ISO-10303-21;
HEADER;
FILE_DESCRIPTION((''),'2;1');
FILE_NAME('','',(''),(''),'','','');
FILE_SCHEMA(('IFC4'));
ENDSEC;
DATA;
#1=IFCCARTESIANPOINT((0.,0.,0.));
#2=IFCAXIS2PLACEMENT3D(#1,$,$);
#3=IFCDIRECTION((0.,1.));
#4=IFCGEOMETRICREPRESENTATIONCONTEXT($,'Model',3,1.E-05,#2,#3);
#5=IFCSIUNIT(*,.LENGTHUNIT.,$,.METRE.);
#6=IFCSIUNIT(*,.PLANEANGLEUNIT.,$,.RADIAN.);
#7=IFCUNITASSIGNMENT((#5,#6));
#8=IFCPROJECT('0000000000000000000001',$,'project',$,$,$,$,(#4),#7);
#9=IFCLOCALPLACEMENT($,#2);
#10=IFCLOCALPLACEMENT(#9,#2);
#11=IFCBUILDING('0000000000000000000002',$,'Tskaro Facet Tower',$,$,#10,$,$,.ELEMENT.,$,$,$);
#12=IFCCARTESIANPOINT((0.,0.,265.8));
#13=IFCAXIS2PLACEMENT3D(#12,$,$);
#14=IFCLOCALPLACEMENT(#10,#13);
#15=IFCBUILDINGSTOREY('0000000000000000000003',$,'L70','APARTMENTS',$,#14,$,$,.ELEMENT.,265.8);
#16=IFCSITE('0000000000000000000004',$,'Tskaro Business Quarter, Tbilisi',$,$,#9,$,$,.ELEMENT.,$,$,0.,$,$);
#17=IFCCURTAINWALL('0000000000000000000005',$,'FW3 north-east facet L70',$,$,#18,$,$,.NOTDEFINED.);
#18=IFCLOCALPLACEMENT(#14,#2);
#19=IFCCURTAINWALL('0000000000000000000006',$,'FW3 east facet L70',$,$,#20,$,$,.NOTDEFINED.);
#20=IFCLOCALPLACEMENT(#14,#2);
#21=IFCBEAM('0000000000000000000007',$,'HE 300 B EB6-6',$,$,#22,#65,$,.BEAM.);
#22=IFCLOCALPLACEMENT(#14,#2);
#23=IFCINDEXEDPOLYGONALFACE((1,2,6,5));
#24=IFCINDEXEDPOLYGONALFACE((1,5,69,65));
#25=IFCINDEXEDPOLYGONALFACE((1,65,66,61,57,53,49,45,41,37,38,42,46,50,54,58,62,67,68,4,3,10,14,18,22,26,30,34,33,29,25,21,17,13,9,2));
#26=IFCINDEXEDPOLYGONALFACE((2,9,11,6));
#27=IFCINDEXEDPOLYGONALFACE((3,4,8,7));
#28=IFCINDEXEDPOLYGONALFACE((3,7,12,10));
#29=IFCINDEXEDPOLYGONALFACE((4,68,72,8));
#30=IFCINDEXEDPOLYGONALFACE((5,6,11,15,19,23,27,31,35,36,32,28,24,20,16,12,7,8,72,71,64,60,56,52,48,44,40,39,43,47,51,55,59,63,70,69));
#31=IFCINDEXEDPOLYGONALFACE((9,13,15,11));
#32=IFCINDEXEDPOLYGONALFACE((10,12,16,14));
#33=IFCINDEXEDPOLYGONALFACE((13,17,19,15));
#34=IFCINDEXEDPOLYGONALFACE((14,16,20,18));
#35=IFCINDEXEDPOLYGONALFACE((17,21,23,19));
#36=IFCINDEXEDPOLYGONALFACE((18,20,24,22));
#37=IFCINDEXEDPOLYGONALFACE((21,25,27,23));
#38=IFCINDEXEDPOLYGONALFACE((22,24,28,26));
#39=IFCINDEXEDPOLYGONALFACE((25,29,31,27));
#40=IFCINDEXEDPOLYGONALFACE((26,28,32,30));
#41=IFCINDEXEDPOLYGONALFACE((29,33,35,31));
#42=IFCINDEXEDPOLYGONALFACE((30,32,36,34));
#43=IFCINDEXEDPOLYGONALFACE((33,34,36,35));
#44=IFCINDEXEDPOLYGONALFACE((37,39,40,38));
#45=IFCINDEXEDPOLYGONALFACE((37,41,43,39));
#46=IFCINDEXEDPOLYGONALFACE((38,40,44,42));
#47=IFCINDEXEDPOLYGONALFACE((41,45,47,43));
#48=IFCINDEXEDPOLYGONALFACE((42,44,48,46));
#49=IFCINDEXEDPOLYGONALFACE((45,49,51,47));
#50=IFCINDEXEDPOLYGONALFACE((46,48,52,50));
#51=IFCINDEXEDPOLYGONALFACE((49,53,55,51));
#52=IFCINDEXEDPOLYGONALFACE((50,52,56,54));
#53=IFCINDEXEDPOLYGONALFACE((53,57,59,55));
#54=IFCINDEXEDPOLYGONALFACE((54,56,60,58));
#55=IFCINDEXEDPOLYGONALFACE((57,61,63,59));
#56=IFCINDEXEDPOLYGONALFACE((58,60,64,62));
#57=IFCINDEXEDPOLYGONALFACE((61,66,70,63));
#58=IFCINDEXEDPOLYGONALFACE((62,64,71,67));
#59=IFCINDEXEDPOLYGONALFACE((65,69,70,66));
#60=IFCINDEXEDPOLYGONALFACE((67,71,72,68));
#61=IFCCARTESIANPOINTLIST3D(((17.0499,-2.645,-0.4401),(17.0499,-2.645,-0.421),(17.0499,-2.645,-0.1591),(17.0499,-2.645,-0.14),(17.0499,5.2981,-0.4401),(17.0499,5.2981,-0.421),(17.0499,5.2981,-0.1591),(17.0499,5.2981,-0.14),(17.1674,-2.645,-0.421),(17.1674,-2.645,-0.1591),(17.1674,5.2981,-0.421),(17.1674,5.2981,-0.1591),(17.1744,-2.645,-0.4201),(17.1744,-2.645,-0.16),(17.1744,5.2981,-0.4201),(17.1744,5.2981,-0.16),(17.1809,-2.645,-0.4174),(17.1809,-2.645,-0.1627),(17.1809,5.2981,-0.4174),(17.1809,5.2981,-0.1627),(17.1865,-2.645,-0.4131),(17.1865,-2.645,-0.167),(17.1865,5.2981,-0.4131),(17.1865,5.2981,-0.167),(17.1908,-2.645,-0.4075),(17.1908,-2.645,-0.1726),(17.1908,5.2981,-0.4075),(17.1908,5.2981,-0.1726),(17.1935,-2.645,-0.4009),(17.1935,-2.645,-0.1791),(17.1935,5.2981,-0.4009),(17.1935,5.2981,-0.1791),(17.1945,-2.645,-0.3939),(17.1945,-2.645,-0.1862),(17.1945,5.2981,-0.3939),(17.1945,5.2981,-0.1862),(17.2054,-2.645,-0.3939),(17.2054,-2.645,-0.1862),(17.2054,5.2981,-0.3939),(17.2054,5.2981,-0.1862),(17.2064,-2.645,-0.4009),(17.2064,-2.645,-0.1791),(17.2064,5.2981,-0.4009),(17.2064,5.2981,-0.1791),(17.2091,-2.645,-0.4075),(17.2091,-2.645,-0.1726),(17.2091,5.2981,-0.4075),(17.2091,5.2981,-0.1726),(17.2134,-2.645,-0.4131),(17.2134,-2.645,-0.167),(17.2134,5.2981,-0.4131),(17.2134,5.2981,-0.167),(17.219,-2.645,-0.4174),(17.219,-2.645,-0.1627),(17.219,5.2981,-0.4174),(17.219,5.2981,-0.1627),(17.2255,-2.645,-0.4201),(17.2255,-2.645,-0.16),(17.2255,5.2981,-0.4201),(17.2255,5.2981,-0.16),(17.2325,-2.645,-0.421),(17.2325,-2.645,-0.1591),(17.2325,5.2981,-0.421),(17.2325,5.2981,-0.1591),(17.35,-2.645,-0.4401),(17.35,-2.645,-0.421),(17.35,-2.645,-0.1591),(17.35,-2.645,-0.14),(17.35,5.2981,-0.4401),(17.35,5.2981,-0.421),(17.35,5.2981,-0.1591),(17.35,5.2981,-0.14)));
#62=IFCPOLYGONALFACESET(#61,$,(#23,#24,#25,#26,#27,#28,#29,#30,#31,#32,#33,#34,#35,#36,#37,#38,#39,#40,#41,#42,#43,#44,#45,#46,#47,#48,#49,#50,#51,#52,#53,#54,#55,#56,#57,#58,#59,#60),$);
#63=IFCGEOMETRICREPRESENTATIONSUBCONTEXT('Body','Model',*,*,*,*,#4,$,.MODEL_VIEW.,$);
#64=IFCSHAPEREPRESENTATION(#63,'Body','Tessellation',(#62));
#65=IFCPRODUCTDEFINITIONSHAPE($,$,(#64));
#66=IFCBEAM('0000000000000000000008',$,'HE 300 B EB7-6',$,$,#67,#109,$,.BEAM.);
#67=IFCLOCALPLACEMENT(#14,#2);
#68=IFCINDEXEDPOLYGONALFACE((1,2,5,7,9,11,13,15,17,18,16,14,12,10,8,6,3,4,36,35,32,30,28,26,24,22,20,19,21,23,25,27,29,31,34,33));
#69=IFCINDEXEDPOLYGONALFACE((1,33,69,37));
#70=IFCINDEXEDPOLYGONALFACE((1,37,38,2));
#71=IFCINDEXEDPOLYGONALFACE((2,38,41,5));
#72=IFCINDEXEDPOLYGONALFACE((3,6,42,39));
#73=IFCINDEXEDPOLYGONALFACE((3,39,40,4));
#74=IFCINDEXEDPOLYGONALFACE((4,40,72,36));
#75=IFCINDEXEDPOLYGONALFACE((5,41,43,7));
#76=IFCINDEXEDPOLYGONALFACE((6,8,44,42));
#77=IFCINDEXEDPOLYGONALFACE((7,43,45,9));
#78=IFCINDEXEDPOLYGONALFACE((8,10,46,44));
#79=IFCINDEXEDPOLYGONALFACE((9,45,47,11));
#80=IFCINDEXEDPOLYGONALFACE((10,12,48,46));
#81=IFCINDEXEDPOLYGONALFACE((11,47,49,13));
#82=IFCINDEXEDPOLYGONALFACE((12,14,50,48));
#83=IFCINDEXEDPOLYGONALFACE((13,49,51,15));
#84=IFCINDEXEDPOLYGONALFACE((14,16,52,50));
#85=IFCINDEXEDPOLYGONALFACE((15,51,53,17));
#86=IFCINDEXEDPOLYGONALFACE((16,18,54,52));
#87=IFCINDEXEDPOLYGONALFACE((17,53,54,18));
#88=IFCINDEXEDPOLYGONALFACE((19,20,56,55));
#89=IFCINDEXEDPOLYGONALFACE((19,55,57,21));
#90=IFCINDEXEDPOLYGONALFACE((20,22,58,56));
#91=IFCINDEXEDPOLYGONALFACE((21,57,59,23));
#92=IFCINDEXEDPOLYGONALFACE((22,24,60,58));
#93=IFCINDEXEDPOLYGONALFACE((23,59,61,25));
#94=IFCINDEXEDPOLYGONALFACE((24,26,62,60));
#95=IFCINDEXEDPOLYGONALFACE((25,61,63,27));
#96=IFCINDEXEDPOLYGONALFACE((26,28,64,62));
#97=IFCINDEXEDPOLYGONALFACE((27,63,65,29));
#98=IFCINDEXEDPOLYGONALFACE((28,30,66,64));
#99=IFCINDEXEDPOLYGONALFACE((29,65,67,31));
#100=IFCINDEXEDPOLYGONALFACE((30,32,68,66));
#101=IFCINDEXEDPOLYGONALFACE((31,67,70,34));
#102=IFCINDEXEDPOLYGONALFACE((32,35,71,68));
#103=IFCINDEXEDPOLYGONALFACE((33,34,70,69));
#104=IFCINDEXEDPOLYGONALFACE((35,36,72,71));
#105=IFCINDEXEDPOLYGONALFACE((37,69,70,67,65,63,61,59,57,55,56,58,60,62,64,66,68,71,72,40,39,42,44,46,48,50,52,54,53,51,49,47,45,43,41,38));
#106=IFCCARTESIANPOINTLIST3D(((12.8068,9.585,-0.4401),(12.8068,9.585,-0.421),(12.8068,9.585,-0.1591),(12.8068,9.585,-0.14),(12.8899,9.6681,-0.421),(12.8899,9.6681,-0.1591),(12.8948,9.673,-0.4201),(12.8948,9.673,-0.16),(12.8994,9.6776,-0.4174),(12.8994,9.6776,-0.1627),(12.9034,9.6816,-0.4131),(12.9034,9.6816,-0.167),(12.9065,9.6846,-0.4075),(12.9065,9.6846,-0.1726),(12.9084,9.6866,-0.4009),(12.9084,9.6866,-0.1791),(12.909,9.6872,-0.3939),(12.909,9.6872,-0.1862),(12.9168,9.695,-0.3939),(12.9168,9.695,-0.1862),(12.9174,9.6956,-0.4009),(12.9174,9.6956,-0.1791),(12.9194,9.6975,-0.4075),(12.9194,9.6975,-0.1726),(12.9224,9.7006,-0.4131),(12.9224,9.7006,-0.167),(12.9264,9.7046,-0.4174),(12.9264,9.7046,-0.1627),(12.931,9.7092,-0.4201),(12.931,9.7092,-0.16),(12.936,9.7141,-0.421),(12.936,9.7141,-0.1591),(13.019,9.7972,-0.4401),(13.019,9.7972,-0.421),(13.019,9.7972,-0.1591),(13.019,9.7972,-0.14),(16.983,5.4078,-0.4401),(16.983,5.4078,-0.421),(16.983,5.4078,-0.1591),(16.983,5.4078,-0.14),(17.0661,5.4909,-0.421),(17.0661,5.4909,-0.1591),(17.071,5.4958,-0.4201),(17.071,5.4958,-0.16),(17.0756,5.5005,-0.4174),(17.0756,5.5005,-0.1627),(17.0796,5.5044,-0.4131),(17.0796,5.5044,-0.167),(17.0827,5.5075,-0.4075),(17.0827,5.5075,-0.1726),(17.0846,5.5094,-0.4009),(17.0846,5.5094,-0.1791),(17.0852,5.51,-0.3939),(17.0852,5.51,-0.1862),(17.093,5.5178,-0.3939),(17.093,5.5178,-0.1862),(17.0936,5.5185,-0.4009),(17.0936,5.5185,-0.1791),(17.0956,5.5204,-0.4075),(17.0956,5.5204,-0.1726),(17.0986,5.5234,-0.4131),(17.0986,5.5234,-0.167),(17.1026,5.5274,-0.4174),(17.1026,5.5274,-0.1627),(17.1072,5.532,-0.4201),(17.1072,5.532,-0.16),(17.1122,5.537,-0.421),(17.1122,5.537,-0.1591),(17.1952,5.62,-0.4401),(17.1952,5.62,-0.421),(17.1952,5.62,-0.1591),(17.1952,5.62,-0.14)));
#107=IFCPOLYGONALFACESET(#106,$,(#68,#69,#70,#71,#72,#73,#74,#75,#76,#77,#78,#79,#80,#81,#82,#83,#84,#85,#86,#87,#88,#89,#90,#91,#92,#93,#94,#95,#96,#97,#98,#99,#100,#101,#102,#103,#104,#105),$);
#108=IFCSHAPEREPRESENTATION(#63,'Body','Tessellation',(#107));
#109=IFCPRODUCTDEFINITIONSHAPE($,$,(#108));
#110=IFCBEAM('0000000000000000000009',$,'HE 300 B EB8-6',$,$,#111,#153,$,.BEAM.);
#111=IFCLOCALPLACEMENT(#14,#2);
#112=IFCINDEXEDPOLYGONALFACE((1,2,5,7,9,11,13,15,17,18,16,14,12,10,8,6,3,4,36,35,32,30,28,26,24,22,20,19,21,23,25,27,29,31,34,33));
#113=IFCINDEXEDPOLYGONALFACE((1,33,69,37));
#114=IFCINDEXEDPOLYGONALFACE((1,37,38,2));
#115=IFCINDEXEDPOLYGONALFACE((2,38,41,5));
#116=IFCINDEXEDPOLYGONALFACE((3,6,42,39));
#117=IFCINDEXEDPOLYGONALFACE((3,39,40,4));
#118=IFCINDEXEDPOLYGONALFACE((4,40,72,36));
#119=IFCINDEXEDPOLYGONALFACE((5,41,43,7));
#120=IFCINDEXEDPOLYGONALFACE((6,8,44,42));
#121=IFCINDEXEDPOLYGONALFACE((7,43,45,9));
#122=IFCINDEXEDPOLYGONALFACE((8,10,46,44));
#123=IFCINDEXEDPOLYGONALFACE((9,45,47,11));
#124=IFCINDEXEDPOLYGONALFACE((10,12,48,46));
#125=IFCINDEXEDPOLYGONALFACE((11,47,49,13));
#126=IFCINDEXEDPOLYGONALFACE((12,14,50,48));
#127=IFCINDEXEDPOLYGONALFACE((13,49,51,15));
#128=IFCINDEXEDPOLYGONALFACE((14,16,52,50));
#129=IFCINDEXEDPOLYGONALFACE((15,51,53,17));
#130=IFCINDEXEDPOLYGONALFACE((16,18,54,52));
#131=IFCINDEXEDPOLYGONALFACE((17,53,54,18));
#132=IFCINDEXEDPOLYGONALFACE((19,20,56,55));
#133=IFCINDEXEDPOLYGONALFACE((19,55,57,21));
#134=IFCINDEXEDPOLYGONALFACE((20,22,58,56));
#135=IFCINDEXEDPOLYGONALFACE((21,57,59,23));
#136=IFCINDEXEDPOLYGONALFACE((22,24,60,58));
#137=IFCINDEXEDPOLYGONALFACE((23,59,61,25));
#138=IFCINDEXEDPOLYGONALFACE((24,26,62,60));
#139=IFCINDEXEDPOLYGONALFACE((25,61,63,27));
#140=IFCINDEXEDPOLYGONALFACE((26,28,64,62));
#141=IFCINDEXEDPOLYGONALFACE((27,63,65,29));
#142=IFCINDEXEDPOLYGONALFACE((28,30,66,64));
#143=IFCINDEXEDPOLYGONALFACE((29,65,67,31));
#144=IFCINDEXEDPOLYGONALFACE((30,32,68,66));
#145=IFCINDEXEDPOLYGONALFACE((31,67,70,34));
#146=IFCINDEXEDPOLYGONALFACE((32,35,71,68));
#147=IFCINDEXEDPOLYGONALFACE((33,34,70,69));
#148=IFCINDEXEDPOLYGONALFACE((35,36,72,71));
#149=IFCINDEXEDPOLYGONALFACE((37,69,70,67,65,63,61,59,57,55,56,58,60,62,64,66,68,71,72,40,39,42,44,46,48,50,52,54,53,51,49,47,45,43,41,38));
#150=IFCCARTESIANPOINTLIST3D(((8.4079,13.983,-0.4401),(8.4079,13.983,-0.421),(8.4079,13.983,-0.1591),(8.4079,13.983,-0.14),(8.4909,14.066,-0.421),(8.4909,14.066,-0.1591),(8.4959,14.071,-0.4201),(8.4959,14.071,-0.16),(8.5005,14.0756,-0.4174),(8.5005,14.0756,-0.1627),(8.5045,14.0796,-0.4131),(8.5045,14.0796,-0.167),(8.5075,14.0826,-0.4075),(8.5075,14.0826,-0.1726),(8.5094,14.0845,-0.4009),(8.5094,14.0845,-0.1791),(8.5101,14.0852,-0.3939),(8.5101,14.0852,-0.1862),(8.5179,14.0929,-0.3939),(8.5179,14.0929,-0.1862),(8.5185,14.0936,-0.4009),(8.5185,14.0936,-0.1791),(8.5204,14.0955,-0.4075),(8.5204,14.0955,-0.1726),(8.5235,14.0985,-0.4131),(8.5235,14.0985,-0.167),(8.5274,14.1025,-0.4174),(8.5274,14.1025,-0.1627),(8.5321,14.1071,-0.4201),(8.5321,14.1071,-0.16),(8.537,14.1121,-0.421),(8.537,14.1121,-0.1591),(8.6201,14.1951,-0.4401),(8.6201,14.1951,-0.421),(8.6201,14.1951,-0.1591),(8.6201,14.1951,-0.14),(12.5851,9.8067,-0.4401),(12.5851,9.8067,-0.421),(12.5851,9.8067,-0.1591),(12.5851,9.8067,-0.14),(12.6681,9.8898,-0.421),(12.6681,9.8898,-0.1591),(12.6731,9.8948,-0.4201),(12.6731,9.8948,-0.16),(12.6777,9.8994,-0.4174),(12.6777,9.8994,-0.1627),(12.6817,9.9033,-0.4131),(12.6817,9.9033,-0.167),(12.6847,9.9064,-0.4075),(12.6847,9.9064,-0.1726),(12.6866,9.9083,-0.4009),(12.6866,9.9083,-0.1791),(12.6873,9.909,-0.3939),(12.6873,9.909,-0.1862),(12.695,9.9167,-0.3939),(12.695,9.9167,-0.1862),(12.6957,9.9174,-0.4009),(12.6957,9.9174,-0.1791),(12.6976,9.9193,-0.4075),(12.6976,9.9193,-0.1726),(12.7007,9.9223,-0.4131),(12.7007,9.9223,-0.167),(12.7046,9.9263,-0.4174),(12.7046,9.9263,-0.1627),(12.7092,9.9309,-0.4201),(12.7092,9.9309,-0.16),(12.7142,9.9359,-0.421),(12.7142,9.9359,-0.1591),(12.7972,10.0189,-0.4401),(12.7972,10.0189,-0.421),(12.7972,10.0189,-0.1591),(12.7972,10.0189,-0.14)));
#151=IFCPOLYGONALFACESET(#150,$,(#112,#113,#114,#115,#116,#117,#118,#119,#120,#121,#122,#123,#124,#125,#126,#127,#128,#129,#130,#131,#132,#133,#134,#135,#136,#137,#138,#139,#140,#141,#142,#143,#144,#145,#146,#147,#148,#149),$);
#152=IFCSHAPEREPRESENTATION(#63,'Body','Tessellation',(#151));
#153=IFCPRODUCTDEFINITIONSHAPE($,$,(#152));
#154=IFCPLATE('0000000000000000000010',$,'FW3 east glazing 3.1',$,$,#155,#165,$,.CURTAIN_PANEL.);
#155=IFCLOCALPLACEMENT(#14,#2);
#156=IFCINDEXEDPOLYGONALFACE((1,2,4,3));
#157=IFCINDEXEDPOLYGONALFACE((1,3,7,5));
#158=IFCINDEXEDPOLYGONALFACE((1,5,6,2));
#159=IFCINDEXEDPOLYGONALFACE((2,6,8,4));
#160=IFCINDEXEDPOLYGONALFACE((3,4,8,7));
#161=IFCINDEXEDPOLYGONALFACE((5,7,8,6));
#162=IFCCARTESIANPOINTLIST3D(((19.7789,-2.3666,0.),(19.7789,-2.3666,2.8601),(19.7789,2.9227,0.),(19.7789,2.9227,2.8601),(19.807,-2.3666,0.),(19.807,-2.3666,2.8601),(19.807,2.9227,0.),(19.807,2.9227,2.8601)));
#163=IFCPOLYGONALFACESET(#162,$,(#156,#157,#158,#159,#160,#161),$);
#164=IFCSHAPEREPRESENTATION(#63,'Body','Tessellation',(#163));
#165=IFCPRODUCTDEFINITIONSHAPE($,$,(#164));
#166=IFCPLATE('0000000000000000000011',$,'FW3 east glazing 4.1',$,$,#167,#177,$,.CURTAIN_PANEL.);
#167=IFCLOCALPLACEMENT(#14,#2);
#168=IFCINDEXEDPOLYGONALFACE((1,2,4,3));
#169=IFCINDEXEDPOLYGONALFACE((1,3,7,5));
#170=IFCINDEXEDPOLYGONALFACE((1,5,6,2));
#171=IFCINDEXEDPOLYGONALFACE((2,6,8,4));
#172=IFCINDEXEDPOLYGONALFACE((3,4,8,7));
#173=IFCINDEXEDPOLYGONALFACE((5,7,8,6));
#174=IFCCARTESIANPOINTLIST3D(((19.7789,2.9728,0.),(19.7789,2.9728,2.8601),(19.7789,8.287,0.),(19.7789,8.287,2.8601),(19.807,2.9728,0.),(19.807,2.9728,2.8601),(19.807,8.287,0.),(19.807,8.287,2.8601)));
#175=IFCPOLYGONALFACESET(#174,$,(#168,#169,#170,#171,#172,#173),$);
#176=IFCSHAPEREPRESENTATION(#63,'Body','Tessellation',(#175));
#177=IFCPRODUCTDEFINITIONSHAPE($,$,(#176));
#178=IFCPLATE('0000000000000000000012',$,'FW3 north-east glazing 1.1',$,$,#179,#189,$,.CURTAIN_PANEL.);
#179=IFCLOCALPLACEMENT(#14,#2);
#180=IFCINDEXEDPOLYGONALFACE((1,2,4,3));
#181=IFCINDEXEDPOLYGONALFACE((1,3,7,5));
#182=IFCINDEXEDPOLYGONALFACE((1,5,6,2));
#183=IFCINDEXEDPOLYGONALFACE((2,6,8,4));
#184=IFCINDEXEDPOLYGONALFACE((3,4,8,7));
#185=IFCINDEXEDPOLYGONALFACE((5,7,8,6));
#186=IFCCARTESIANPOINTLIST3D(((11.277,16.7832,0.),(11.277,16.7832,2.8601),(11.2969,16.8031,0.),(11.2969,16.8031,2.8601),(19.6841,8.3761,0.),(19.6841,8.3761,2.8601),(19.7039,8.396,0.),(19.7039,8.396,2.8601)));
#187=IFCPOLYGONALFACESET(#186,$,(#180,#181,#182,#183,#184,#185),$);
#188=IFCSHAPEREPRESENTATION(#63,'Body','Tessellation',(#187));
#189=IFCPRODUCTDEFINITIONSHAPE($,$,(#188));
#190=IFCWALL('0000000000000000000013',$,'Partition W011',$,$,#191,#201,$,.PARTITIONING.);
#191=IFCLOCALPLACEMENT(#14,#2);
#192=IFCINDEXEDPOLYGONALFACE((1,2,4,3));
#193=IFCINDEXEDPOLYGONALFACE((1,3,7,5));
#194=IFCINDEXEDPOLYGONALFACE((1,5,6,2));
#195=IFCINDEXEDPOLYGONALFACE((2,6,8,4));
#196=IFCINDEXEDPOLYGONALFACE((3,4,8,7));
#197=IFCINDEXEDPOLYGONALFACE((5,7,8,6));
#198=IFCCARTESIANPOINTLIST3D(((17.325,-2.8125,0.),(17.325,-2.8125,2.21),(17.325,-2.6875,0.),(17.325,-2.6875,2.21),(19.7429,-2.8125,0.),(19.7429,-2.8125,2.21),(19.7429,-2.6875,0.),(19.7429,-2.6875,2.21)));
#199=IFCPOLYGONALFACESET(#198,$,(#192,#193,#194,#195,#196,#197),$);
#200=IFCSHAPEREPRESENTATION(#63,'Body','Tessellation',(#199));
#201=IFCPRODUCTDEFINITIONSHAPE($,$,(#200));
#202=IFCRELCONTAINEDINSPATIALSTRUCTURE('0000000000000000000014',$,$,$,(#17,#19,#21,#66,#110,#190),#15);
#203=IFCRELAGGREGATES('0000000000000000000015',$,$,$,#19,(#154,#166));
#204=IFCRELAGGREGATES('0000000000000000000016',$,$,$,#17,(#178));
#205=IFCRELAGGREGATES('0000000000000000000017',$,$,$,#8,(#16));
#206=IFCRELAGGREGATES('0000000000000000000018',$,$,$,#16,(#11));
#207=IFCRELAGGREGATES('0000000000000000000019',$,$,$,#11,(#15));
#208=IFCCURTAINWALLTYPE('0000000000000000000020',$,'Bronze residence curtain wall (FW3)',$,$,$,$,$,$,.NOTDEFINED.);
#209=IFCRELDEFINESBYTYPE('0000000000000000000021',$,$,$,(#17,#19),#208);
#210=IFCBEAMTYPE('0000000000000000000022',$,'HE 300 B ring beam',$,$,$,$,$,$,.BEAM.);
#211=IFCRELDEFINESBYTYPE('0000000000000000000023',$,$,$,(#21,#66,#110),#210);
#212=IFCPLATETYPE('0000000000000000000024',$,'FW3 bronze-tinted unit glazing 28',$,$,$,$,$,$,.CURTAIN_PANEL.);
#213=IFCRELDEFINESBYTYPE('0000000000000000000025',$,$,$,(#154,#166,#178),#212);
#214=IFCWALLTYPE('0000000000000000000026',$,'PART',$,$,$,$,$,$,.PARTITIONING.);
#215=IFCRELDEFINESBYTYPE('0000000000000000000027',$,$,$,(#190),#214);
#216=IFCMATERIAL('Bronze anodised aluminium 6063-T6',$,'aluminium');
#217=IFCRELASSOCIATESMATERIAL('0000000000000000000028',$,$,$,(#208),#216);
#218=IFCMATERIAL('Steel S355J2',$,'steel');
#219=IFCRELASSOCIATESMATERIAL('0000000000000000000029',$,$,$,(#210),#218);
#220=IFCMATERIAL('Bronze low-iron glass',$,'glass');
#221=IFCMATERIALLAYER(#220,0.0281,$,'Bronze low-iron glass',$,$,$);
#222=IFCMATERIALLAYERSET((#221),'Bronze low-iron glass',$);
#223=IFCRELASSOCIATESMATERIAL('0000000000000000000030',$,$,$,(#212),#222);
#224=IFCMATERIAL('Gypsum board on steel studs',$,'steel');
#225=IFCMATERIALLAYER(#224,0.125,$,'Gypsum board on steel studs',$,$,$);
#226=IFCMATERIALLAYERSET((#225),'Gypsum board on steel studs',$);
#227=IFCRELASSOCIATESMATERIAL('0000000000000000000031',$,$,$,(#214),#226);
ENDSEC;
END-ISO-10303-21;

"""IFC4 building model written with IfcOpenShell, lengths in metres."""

from ifc_helpers import new_model, si_unit, direction, frame, frame_2d, origin, origin_2d, place, context, subcontext, project, spatial, rectangle, i_section, extrude, material, layer, layer_set, material_profile, profile_set, type_object, element, aggregate, save


model = new_model("IFC4")

# Units and contexts
model_context = context("Model", 3, precision=1e-05, world=origin(), true_north=direction((0.0, 1.0)))
body_context = subcontext(model_context, "Body", "Model", "MODEL_VIEW")
ifc_project = project(units=[si_unit("LENGTHUNIT", "METRE"), si_unit("PLANEANGLEUNIT", "RADIAN")], contexts=[model_context])

# Site, building, storey
site_placement = place(None, origin())
site = spatial("IfcSite", under=ifc_project, at=site_placement, Name="Tskaro Business Quarter, Tbilisi", CompositionType="ELEMENT", RefElevation=0.0)
building_placement = place(site_placement, origin())
building = spatial("IfcBuilding", under=site, at=building_placement, Name="Tskaro Facet Tower", CompositionType="ELEMENT")
storey_placement = place(building_placement, frame((0.0, 0.0, 265.8)))
storey = spatial("IfcBuildingStorey", under=building, at=storey_placement, Name="L70", Description="APARTMENTS", CompositionType="ELEMENT", Elevation=265.8)

# Shared definitions
ifc_material_1 = material(Name="Steel S355J2", Category="steel")

# Curtain wall
ifc_material_2 = material(Name="Bronze anodised aluminium 6063-T6", Category="aluminium")
curtain_wall_type = type_object("IfcCurtainWallType", Name="Bronze residence curtain wall (FW3)", PredefinedType="NOTDEFINED", material=ifc_material_2)
curtain_wall_1_placement = place(storey_placement, origin())
curtain_wall_1 = element("IfcCurtainWall", 1, at=curtain_wall_1_placement, inside=storey, type_object=curtain_wall_type, Name="FW3 north-east facet L70", PredefinedType="NOTDEFINED")

# Curtain wall
curtain_wall_2_placement = place(storey_placement, origin())
curtain_wall_2 = element("IfcCurtainWall", 2, at=curtain_wall_2_placement, inside=storey, type_object=curtain_wall_type, Name="FW3 east facet L70", PredefinedType="NOTDEFINED")

# Beams
ifc_material_profile_1 = material_profile(ifc_material_1, i_section(OverallWidth=0.3, OverallDepth=0.3, WebThickness=0.011, FlangeThickness=0.019, FilletRadius=0.0271, at=origin_2d()), Name="HE 300 B")
ifc_profile_set_1 = profile_set([ifc_material_profile_1], Name="Steel S355J2")
beam_type = type_object("IfcBeamType", Name="HE 300 B ring beam", PredefinedType="BEAM", material=ifc_profile_set_1)
beam_placement = place(storey_placement, frame((17.2, -2.645, -0.29), z_axis=(0.0, 1.0, 0.0), x_axis=(-1.0, 0.0, 0.0)))
element("IfcBeam", 3, at=beam_placement, inside=storey, type_object=beam_type, Name="HE 300 B EB6-6", PredefinedType="BEAM", context=body_context, shape_type="SweptSolid", body=[
    extrude(i_section(OverallWidth=0.3, OverallDepth=0.3, WebThickness=0.011, FlangeThickness=0.019, FilletRadius=0.0271, at=origin_2d()), origin(), (0.0, 0.0, 1.0), 7.9431),
])
for number, where, z_axis, x_axis, name in (
    (4, (17.0891, 5.5139, -0.29), (-0.707024, 0.707189, 0.0), (-0.707189, -0.707024, 0.0), "HE 300 B EB7-6"),
    (5, (12.6912, 9.9128, -0.29), (-0.707189, 0.707024, 0.0), (-0.707024, -0.707189, 0.0), "HE 300 B EB8-6"),
):
    element("IfcBeam", number, at=place(storey_placement, frame(where, z_axis=z_axis, x_axis=x_axis)), inside=storey, type_object=beam_type, Name=name, PredefinedType="BEAM", context=body_context, shape_type="SweptSolid", body=[
        extrude(i_section(OverallWidth=0.3, OverallDepth=0.3, WebThickness=0.011, FlangeThickness=0.019, FilletRadius=0.0271, at=origin_2d()), origin(), (0.0, 0.0, 1.0), 5.9067),
    ])

# Plates
ifc_material_3 = material(Name="Bronze low-iron glass", Category="glass")
ifc_layer_1 = layer(ifc_material_3, 0.0281, Name="Bronze low-iron glass")
ifc_layer_set_1 = layer_set([ifc_layer_1], Name="Bronze low-iron glass")
plate_type = type_object("IfcPlateType", Name="FW3 bronze-tinted unit glazing 28", PredefinedType="CURTAIN_PANEL", material=ifc_layer_set_1)
plate_1_placement = place(storey_placement, frame((19.793, 0.2781, 0.0), z_axis=(0.0, 0.0, 1.0), x_axis=(0.0, 1.0, 0.0)))
plate_1 = element("IfcPlate", 6, at=plate_1_placement, type_object=plate_type, Name="FW3 east glazing 3.1", PredefinedType="CURTAIN_PANEL", context=body_context, shape_type="SweptSolid", body=[
    extrude(rectangle(XDim=5.2893, YDim=0.0281, at=origin_2d()), origin(), (0.0, 0.0, 1.0), 2.8601),
])
plate_2_placement = place(storey_placement, frame((19.793, 5.6299, 0.0), z_axis=(0.0, 0.0, 1.0), x_axis=(0.0, 1.0, 0.0)))
plate_2 = element("IfcPlate", 7, at=plate_2_placement, type_object=plate_type, Name="FW3 east glazing 4.1", PredefinedType="CURTAIN_PANEL", context=body_context, shape_type="SweptSolid", body=[
    extrude(rectangle(XDim=5.3142, YDim=0.0281, at=origin_2d()), origin(), (0.0, 0.0, 1.0), 2.8601),
])
aggregate(curtain_wall_2, [plate_1, plate_2])
plate_3_placement = place(storey_placement, frame((15.4905, 12.5896, 0.0), z_axis=(0.0, 0.0, 1.0), x_axis=(-0.707107, 0.707107, 0.0)))
plate_3 = element("IfcPlate", 8, at=plate_3_placement, type_object=plate_type, Name="FW3 north-east glazing 1.1", PredefinedType="CURTAIN_PANEL", context=body_context, shape_type="SweptSolid", body=[
    extrude(rectangle(XDim=11.8894, YDim=0.0281, at=origin_2d()), origin(), (0.0, 0.0, 1.0), 2.8601),
])
aggregate(curtain_wall_1, [plate_3])

# Wall
ifc_material_4 = material(Name="Gypsum board on steel studs", Category="steel")
ifc_layer_2 = layer(ifc_material_4, 0.125, Name="Gypsum board on steel studs")
ifc_layer_set_2 = layer_set([ifc_layer_2], Name="Gypsum board on steel studs")
wall_type_1 = type_object("IfcWallType", Name="PART", PredefinedType="PARTITIONING", material=ifc_layer_set_2)
wall_1_placement = place(storey_placement, frame((17.325, -2.75, 0.0), z_axis=(0.0, 0.0, 1.0), x_axis=(1.0, 0.0, 0.0)))
element("IfcWall", 9, at=wall_1_placement, inside=storey, type_object=wall_type_1, Name="Partition W011", PredefinedType="PARTITIONING", context=body_context, shape_type="SweptSolid", body=[
    extrude(rectangle(XDim=2.418, YDim=0.125, at=frame_2d((1.209, 0.0))), origin(), (0.0, 0.0, 1.0), 2.21),
])

save(model, "model.ifc")
